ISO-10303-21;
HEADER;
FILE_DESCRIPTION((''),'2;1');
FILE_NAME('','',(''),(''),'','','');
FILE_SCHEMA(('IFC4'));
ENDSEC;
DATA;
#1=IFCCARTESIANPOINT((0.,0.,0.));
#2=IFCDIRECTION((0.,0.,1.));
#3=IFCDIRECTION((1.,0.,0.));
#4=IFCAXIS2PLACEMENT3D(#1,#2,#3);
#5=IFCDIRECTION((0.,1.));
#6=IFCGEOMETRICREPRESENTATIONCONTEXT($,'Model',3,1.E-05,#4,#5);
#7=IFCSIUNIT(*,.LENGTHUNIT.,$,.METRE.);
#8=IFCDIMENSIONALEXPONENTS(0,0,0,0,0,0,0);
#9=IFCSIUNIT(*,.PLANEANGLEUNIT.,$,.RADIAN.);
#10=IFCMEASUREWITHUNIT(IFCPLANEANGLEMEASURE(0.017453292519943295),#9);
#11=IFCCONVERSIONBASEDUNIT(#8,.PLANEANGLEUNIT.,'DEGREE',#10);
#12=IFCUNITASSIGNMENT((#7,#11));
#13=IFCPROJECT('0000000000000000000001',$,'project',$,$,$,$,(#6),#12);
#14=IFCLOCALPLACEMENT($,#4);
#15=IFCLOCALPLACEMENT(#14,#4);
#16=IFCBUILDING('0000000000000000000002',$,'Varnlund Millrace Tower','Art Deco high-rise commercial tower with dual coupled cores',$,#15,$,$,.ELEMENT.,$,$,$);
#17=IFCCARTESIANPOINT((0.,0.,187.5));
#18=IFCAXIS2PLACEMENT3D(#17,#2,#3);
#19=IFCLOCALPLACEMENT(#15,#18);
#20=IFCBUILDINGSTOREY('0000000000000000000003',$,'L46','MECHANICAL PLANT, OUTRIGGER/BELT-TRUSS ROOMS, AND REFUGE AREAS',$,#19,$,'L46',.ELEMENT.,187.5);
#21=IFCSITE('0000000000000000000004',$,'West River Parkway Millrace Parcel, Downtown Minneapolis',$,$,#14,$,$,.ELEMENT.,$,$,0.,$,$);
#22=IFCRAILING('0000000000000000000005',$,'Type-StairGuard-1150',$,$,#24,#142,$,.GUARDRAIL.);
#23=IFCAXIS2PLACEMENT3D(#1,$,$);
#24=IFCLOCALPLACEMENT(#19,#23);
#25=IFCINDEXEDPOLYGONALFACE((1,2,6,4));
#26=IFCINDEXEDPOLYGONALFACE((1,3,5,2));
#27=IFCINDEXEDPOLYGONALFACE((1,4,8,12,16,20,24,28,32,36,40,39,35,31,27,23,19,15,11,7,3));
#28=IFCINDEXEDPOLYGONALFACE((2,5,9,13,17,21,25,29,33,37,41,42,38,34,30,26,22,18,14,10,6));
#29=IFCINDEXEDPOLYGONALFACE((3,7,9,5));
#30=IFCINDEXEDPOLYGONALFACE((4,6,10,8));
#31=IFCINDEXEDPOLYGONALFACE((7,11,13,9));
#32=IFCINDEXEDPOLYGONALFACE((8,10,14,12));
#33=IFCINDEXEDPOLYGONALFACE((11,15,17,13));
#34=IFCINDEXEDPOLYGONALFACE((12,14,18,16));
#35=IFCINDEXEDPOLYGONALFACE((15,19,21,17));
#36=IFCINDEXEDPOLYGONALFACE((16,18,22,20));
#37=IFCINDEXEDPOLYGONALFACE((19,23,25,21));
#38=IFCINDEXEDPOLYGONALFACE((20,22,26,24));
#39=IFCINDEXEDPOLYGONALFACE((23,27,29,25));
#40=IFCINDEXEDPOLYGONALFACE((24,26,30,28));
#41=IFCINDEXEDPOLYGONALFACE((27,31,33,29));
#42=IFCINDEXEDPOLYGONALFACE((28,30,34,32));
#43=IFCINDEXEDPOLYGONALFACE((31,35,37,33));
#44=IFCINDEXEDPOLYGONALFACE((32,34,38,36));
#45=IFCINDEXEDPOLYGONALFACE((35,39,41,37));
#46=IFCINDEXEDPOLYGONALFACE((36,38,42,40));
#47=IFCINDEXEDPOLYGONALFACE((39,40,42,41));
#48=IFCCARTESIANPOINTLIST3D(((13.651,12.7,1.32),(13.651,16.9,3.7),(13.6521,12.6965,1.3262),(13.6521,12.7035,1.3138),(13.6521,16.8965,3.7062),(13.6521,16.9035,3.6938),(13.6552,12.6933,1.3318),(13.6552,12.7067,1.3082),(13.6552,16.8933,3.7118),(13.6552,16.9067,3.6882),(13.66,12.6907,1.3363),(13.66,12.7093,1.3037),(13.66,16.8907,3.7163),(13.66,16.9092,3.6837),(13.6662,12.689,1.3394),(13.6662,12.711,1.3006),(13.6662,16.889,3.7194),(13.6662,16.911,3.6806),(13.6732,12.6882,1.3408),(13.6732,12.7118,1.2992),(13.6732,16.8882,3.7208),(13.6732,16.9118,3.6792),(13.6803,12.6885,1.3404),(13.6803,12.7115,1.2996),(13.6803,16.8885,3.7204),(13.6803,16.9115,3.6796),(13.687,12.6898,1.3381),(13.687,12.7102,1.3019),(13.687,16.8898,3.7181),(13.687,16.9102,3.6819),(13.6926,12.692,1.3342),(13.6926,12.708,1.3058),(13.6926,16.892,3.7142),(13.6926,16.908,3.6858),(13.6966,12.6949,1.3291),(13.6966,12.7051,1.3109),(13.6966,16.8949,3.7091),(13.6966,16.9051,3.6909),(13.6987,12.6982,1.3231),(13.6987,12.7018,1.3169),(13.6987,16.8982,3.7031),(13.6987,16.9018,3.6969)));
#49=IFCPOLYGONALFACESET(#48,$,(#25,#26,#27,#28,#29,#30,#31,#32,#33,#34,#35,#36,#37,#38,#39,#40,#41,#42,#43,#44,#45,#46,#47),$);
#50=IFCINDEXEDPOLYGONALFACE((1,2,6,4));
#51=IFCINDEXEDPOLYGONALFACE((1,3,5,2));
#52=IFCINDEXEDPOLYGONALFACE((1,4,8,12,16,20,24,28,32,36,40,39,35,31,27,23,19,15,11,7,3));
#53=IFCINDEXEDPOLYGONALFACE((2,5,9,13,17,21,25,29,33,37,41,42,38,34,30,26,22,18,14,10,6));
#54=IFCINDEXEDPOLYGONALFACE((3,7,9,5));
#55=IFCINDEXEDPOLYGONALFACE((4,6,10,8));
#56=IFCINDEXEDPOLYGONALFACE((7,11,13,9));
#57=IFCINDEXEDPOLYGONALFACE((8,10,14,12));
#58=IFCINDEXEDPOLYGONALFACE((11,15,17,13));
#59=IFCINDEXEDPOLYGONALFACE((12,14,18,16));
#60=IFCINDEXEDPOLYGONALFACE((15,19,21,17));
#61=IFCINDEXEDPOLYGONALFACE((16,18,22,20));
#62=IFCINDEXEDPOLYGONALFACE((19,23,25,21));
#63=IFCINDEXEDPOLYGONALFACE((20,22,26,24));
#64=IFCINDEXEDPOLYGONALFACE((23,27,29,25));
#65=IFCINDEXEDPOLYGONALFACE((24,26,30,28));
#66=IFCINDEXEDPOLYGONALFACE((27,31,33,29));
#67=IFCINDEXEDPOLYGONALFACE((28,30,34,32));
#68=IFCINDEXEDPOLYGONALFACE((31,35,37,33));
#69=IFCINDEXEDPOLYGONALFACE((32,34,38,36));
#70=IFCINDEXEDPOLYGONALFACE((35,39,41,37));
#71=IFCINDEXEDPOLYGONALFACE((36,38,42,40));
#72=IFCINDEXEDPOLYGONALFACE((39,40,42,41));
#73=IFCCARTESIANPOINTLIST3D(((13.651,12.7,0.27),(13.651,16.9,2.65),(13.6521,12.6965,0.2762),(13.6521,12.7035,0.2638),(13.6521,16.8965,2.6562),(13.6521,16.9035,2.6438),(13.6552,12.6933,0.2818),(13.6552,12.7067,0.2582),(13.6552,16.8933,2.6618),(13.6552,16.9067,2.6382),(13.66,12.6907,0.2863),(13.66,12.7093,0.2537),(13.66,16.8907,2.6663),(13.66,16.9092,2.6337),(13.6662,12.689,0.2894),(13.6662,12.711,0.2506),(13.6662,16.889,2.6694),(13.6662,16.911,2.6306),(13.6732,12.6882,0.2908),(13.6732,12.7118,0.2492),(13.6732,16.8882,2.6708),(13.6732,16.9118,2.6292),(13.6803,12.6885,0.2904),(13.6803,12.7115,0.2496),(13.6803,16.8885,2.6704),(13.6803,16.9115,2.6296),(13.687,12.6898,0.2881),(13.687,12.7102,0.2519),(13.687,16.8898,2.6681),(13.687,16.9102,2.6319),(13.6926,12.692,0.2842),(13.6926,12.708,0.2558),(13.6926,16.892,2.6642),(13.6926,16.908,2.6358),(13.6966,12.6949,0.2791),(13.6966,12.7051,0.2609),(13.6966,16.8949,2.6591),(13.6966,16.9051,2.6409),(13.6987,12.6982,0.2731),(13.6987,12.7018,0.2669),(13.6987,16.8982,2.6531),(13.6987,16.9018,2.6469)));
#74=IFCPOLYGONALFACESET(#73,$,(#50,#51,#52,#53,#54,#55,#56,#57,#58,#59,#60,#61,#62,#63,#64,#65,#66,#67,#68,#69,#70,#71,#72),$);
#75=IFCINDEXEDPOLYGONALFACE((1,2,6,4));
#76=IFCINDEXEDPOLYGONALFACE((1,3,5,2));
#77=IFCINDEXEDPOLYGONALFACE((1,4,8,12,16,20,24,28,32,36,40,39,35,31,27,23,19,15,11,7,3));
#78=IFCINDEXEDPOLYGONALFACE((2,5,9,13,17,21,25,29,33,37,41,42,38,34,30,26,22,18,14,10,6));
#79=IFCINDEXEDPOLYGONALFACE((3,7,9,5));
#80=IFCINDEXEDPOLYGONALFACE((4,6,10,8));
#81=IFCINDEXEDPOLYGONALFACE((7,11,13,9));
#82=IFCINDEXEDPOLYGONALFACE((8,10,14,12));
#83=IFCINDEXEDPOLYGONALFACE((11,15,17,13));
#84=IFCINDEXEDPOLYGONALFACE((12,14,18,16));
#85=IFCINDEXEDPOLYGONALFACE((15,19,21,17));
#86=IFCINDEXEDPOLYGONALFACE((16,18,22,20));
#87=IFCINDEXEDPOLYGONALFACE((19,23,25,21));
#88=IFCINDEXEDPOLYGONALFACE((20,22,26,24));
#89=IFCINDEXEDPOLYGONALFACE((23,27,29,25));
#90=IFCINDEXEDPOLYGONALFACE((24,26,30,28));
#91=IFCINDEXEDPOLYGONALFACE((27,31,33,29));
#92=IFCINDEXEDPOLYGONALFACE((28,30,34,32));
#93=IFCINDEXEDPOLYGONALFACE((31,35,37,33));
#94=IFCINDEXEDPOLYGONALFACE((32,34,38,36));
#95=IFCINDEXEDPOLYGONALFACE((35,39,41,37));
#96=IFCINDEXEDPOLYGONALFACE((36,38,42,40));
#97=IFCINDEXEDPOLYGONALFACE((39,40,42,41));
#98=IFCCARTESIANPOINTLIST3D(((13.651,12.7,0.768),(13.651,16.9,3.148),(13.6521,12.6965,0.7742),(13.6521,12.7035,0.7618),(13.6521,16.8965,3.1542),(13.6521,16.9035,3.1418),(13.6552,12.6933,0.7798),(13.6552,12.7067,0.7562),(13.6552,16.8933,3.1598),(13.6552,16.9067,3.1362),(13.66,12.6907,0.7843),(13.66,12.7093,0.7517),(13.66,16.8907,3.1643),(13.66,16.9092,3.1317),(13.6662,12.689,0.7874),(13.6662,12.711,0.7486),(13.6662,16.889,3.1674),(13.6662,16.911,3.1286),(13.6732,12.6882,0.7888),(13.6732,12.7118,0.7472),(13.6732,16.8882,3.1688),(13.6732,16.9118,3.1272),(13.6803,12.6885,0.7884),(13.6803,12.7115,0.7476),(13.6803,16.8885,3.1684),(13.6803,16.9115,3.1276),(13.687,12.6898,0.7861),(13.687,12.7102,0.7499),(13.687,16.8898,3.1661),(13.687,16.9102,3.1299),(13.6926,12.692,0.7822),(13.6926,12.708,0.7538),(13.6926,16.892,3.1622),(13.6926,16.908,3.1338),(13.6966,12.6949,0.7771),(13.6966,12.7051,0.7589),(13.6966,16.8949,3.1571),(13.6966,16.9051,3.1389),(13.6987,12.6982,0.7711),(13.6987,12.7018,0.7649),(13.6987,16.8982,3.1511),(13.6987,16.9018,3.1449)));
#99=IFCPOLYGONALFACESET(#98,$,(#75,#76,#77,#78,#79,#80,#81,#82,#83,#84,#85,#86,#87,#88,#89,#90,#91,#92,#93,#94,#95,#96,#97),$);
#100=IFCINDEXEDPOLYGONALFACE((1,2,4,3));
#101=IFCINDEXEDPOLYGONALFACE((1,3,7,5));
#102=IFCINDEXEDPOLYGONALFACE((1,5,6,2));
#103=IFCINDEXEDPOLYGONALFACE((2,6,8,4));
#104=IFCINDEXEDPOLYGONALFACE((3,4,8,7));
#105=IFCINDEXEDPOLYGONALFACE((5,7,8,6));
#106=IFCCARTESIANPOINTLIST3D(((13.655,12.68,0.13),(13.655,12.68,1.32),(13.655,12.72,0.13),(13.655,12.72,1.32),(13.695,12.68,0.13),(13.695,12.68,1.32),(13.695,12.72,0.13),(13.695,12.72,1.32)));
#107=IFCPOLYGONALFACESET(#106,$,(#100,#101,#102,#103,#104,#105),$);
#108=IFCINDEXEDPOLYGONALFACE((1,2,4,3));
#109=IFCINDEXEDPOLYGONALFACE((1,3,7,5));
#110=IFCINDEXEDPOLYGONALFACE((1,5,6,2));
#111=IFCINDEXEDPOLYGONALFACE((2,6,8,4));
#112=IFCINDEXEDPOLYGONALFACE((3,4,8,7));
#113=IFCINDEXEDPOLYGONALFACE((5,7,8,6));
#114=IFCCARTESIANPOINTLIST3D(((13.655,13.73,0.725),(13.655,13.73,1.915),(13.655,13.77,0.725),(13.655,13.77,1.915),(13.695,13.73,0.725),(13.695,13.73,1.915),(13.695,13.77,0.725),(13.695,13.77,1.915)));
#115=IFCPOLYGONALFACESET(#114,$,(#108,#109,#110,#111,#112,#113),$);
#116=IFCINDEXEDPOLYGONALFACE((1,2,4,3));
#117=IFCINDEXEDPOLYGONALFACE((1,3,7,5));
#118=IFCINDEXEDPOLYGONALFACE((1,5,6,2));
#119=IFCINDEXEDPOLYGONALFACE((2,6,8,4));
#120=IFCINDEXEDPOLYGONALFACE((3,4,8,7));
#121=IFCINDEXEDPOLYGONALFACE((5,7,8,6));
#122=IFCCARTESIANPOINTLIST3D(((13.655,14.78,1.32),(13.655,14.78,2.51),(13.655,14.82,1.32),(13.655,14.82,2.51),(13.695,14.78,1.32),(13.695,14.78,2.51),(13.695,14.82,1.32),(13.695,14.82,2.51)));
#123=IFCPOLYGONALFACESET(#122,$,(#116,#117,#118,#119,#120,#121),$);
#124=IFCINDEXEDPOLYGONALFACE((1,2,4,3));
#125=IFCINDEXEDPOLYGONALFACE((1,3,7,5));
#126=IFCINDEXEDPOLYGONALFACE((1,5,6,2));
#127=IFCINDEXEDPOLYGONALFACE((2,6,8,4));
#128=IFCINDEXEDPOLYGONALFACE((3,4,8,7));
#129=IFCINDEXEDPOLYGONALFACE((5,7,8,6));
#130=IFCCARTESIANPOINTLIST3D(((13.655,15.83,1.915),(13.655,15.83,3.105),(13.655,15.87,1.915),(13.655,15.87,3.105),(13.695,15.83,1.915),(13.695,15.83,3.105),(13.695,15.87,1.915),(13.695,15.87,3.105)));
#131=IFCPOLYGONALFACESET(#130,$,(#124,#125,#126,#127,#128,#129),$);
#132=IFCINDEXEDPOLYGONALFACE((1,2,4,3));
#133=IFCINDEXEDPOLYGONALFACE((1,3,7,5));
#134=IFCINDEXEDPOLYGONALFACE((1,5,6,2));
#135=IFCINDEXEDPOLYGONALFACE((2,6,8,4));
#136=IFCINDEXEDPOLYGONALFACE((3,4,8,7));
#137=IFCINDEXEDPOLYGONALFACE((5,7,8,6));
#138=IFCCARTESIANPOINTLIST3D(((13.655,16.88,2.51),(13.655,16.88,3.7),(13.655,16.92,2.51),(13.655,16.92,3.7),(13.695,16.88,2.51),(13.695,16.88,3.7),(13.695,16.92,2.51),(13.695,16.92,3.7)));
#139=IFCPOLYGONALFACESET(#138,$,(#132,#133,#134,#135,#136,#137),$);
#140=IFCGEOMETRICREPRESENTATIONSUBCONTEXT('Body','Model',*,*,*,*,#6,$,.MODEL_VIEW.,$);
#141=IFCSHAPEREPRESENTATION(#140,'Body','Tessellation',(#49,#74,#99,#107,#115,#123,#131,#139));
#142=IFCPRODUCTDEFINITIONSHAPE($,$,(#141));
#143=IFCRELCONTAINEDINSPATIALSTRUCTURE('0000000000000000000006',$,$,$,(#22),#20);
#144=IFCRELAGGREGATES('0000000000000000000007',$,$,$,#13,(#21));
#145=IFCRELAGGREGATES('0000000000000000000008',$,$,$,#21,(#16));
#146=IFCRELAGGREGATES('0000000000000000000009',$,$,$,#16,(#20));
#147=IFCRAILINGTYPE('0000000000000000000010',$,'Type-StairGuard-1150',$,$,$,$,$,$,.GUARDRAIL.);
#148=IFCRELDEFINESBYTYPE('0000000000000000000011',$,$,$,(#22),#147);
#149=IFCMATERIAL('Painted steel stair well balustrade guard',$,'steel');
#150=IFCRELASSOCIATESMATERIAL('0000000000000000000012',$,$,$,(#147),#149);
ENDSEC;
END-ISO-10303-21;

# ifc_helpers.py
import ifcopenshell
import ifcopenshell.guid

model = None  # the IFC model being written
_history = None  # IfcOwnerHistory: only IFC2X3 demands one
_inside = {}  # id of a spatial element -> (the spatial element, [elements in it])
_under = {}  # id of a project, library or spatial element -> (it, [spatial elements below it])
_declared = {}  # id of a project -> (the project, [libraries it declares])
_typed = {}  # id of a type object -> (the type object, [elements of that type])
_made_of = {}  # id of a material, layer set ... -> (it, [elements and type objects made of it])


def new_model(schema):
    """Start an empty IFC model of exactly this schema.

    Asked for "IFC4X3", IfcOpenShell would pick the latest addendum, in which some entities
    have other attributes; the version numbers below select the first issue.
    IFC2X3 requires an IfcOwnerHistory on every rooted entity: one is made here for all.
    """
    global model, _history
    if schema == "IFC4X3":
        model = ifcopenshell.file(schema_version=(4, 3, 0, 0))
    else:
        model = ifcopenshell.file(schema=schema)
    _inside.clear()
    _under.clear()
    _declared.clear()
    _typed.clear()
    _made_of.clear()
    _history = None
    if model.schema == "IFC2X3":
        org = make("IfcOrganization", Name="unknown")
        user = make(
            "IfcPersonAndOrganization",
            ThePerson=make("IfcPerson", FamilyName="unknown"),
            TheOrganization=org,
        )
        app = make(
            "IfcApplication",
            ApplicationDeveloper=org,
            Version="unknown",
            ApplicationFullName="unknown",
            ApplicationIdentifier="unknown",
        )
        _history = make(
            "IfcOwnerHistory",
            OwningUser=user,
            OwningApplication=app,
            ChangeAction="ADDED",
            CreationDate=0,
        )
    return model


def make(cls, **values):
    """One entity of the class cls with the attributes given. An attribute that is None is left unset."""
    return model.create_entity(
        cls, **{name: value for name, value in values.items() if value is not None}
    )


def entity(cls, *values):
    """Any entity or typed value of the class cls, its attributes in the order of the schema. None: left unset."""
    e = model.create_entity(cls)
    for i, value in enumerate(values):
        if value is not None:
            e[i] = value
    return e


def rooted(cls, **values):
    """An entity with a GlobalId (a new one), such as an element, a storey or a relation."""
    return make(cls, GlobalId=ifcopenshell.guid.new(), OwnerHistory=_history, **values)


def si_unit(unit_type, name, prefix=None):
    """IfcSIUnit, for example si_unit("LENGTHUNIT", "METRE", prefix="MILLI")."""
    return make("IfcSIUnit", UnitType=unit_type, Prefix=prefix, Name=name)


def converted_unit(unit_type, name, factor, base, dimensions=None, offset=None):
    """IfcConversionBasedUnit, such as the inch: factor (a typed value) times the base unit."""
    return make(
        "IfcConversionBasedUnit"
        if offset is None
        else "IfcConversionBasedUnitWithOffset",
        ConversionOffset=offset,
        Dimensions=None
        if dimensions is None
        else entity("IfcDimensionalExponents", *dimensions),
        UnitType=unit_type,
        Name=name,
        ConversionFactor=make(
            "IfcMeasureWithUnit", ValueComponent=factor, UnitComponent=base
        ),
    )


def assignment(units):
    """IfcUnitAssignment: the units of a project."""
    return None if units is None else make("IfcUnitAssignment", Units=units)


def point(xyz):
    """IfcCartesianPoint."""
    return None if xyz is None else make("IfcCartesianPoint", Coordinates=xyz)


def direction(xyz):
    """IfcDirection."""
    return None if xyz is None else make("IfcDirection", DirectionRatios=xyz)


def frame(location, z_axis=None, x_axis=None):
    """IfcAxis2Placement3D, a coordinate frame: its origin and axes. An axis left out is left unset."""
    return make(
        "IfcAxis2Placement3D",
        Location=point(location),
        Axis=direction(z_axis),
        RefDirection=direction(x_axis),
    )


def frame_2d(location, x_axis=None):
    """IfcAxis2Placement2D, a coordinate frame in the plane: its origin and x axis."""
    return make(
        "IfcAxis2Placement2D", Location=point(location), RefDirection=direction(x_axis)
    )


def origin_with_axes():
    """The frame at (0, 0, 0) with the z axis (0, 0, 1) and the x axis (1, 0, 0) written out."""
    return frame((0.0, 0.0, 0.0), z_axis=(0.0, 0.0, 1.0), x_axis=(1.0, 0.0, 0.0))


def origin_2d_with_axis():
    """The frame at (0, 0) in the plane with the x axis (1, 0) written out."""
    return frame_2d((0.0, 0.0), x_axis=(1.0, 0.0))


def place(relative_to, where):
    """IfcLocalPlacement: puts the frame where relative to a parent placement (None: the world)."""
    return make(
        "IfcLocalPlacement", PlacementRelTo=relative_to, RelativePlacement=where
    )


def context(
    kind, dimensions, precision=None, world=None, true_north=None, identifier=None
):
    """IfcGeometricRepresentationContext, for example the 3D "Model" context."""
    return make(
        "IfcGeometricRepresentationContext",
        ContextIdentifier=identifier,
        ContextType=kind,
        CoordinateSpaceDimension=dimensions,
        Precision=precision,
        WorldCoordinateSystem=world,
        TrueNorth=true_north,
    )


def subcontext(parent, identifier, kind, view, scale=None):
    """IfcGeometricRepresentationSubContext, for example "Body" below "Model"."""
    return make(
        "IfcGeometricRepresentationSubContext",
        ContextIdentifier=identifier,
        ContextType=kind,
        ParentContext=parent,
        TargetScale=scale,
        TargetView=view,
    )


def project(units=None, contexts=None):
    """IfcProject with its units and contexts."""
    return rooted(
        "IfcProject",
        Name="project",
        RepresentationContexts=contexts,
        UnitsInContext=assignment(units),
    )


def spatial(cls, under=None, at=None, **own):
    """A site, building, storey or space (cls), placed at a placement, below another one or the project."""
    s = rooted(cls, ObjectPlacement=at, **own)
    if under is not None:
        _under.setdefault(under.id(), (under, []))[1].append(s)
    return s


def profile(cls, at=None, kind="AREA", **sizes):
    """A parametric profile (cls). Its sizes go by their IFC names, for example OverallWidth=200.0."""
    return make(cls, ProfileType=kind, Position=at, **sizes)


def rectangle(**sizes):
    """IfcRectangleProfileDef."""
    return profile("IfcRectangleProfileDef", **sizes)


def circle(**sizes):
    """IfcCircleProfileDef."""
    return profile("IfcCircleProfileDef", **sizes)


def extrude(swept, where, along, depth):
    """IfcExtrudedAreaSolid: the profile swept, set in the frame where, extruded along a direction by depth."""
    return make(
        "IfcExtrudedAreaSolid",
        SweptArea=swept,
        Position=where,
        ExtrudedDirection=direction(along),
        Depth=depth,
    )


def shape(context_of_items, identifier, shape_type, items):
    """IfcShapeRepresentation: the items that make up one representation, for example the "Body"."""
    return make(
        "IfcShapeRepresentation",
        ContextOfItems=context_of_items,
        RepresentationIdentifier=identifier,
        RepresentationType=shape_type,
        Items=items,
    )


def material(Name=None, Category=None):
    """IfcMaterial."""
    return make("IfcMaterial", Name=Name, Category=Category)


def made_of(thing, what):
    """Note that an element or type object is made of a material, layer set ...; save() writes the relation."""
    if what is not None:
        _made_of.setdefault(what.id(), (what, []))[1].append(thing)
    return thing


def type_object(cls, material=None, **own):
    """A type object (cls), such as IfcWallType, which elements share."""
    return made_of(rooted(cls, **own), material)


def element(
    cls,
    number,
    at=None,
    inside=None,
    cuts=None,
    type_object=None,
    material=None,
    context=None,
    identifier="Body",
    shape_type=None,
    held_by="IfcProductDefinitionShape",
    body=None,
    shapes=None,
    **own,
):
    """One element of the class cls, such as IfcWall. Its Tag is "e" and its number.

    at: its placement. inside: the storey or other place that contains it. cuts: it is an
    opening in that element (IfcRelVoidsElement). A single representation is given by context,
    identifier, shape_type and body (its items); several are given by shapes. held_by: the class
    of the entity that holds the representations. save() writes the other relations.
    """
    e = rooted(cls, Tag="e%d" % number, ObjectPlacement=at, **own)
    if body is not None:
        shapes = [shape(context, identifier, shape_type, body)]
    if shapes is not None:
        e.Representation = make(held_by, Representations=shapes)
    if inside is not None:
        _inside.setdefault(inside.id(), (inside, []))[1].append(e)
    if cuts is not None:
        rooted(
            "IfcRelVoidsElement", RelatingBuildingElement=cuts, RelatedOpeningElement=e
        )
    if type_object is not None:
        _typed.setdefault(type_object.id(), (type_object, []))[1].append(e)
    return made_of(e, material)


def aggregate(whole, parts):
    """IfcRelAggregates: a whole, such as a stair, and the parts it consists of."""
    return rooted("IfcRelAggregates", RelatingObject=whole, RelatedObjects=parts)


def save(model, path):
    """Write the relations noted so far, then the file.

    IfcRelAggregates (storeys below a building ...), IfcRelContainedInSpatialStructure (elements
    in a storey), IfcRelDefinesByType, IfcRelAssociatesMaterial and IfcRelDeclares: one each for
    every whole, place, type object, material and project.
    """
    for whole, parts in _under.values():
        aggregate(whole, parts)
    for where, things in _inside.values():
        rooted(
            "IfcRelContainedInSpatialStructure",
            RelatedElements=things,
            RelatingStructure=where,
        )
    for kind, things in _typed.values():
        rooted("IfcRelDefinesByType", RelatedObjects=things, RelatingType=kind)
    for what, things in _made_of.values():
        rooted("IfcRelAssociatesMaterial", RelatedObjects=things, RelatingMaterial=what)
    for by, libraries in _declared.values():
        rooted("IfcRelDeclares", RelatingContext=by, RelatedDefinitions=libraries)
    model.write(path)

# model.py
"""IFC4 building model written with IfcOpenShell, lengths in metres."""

from ifc_helpers import new_model, entity, si_unit, converted_unit, direction, frame, origin_with_axes, origin_2d_with_axis, place, context, subcontext, project, spatial, rectangle, circle, extrude, material, type_object, element, save


model = new_model("IFC4")

# Units and contexts
model_context = context("Model", 3, precision=1e-05, world=origin_with_axes(), true_north=direction((0.0, 1.0)))
body_context = subcontext(model_context, "Body", "Model", "MODEL_VIEW")
ifc_project = project(units=[si_unit("LENGTHUNIT", "METRE"), converted_unit("PLANEANGLEUNIT", "DEGREE", entity("IfcPlaneAngleMeasure", 0.017453292519943295), si_unit("PLANEANGLEUNIT", "RADIAN"), dimensions=[0, 0, 0, 0, 0, 0, 0])], contexts=[model_context])

# Site, building, storey
site_placement = place(None, origin_with_axes())
site = spatial("IfcSite", under=ifc_project, at=site_placement, Name="West River Parkway Millrace Parcel, Downtown Minneapolis", CompositionType="ELEMENT", RefElevation=0.0)
building_placement = place(site_placement, origin_with_axes())
building = spatial("IfcBuilding", under=site, at=building_placement, Name="Varnlund Millrace Tower", Description="Art Deco high-rise commercial tower with dual coupled cores", CompositionType="ELEMENT")
storey_placement = place(building_placement, frame((0.0, 0.0, 187.5), z_axis=(0.0, 0.0, 1.0), x_axis=(1.0, 0.0, 0.0)))
storey = spatial("IfcBuildingStorey", under=building, at=storey_placement, Name="L46", Description="MECHANICAL PLANT, OUTRIGGER/BELT-TRUSS ROOMS, AND REFUGE AREAS", LongName="L46", CompositionType="ELEMENT", Elevation=187.5)

# Railing
ifc_material_1 = material(Name="Painted steel stair well balustrade guard", Category="steel")
railing_type_1 = type_object("IfcRailingType", Name="Type-StairGuard-1150", PredefinedType="GUARDRAIL", material=ifc_material_1)
railing_1_placement = place(storey_placement, frame((0.0, 0.0, -187.5), z_axis=(0.0, 0.0, 1.0), x_axis=(1.0, 0.0, 0.0)))
element("IfcRailing", 1, at=railing_1_placement, inside=storey, type_object=railing_type_1, Name="Type-StairGuard-1150", PredefinedType="GUARDRAIL", context=body_context, shape_type="SweptSolid", body=[
    extrude(circle(Radius=0.024, at=origin_2d_with_axis()), frame((13.675, 12.7, 188.82), z_axis=(0.0, 0.870022, 0.493013), x_axis=(-1.0, 0.0, 0.0)), (0.0, 0.0, 1.0), 4.8275),
    extrude(circle(Radius=0.024, at=origin_2d_with_axis()), frame((13.675, 12.7, 187.77), z_axis=(0.0, 0.870022, 0.493013), x_axis=(-1.0, 0.0, 0.0)), (0.0, 0.0, 1.0), 4.8275),
    extrude(circle(Radius=0.024, at=origin_2d_with_axis()), frame((13.675, 12.7, 188.268), z_axis=(0.0, 0.870022, 0.493013), x_axis=(-1.0, 0.0, 0.0)), (0.0, 0.0, 1.0), 4.8275),
    extrude(rectangle(XDim=0.04, YDim=0.04, at=origin_2d_with_axis()), frame((13.675, 12.7, 187.63), z_axis=(0.0, 0.0, 1.0), x_axis=(1.0, 0.0, 0.0)), (0.0, 0.0, 1.0), 1.19),
    extrude(rectangle(XDim=0.04, YDim=0.04, at=origin_2d_with_axis()), frame((13.675, 13.75, 188.225), z_axis=(0.0, 0.0, 1.0), x_axis=(1.0, 0.0, 0.0)), (0.0, 0.0, 1.0), 1.19),
    extrude(rectangle(XDim=0.04, YDim=0.04, at=origin_2d_with_axis()), frame((13.675, 14.8, 188.82), z_axis=(0.0, 0.0, 1.0), x_axis=(1.0, 0.0, 0.0)), (0.0, 0.0, 1.0), 1.19),
    extrude(rectangle(XDim=0.04, YDim=0.04, at=origin_2d_with_axis()), frame((13.675, 15.85, 189.415), z_axis=(0.0, 0.0, 1.0), x_axis=(1.0, 0.0, 0.0)), (0.0, 0.0, 1.0), 1.19),
    extrude(rectangle(XDim=0.04, YDim=0.04, at=origin_2d_with_axis()), frame((13.675, 16.9, 190.01), z_axis=(0.0, 0.0, 1.0), x_axis=(1.0, 0.0, 0.0)), (0.0, 0.0, 1.0), 1.19),
])

save(model, "model.ifc")
